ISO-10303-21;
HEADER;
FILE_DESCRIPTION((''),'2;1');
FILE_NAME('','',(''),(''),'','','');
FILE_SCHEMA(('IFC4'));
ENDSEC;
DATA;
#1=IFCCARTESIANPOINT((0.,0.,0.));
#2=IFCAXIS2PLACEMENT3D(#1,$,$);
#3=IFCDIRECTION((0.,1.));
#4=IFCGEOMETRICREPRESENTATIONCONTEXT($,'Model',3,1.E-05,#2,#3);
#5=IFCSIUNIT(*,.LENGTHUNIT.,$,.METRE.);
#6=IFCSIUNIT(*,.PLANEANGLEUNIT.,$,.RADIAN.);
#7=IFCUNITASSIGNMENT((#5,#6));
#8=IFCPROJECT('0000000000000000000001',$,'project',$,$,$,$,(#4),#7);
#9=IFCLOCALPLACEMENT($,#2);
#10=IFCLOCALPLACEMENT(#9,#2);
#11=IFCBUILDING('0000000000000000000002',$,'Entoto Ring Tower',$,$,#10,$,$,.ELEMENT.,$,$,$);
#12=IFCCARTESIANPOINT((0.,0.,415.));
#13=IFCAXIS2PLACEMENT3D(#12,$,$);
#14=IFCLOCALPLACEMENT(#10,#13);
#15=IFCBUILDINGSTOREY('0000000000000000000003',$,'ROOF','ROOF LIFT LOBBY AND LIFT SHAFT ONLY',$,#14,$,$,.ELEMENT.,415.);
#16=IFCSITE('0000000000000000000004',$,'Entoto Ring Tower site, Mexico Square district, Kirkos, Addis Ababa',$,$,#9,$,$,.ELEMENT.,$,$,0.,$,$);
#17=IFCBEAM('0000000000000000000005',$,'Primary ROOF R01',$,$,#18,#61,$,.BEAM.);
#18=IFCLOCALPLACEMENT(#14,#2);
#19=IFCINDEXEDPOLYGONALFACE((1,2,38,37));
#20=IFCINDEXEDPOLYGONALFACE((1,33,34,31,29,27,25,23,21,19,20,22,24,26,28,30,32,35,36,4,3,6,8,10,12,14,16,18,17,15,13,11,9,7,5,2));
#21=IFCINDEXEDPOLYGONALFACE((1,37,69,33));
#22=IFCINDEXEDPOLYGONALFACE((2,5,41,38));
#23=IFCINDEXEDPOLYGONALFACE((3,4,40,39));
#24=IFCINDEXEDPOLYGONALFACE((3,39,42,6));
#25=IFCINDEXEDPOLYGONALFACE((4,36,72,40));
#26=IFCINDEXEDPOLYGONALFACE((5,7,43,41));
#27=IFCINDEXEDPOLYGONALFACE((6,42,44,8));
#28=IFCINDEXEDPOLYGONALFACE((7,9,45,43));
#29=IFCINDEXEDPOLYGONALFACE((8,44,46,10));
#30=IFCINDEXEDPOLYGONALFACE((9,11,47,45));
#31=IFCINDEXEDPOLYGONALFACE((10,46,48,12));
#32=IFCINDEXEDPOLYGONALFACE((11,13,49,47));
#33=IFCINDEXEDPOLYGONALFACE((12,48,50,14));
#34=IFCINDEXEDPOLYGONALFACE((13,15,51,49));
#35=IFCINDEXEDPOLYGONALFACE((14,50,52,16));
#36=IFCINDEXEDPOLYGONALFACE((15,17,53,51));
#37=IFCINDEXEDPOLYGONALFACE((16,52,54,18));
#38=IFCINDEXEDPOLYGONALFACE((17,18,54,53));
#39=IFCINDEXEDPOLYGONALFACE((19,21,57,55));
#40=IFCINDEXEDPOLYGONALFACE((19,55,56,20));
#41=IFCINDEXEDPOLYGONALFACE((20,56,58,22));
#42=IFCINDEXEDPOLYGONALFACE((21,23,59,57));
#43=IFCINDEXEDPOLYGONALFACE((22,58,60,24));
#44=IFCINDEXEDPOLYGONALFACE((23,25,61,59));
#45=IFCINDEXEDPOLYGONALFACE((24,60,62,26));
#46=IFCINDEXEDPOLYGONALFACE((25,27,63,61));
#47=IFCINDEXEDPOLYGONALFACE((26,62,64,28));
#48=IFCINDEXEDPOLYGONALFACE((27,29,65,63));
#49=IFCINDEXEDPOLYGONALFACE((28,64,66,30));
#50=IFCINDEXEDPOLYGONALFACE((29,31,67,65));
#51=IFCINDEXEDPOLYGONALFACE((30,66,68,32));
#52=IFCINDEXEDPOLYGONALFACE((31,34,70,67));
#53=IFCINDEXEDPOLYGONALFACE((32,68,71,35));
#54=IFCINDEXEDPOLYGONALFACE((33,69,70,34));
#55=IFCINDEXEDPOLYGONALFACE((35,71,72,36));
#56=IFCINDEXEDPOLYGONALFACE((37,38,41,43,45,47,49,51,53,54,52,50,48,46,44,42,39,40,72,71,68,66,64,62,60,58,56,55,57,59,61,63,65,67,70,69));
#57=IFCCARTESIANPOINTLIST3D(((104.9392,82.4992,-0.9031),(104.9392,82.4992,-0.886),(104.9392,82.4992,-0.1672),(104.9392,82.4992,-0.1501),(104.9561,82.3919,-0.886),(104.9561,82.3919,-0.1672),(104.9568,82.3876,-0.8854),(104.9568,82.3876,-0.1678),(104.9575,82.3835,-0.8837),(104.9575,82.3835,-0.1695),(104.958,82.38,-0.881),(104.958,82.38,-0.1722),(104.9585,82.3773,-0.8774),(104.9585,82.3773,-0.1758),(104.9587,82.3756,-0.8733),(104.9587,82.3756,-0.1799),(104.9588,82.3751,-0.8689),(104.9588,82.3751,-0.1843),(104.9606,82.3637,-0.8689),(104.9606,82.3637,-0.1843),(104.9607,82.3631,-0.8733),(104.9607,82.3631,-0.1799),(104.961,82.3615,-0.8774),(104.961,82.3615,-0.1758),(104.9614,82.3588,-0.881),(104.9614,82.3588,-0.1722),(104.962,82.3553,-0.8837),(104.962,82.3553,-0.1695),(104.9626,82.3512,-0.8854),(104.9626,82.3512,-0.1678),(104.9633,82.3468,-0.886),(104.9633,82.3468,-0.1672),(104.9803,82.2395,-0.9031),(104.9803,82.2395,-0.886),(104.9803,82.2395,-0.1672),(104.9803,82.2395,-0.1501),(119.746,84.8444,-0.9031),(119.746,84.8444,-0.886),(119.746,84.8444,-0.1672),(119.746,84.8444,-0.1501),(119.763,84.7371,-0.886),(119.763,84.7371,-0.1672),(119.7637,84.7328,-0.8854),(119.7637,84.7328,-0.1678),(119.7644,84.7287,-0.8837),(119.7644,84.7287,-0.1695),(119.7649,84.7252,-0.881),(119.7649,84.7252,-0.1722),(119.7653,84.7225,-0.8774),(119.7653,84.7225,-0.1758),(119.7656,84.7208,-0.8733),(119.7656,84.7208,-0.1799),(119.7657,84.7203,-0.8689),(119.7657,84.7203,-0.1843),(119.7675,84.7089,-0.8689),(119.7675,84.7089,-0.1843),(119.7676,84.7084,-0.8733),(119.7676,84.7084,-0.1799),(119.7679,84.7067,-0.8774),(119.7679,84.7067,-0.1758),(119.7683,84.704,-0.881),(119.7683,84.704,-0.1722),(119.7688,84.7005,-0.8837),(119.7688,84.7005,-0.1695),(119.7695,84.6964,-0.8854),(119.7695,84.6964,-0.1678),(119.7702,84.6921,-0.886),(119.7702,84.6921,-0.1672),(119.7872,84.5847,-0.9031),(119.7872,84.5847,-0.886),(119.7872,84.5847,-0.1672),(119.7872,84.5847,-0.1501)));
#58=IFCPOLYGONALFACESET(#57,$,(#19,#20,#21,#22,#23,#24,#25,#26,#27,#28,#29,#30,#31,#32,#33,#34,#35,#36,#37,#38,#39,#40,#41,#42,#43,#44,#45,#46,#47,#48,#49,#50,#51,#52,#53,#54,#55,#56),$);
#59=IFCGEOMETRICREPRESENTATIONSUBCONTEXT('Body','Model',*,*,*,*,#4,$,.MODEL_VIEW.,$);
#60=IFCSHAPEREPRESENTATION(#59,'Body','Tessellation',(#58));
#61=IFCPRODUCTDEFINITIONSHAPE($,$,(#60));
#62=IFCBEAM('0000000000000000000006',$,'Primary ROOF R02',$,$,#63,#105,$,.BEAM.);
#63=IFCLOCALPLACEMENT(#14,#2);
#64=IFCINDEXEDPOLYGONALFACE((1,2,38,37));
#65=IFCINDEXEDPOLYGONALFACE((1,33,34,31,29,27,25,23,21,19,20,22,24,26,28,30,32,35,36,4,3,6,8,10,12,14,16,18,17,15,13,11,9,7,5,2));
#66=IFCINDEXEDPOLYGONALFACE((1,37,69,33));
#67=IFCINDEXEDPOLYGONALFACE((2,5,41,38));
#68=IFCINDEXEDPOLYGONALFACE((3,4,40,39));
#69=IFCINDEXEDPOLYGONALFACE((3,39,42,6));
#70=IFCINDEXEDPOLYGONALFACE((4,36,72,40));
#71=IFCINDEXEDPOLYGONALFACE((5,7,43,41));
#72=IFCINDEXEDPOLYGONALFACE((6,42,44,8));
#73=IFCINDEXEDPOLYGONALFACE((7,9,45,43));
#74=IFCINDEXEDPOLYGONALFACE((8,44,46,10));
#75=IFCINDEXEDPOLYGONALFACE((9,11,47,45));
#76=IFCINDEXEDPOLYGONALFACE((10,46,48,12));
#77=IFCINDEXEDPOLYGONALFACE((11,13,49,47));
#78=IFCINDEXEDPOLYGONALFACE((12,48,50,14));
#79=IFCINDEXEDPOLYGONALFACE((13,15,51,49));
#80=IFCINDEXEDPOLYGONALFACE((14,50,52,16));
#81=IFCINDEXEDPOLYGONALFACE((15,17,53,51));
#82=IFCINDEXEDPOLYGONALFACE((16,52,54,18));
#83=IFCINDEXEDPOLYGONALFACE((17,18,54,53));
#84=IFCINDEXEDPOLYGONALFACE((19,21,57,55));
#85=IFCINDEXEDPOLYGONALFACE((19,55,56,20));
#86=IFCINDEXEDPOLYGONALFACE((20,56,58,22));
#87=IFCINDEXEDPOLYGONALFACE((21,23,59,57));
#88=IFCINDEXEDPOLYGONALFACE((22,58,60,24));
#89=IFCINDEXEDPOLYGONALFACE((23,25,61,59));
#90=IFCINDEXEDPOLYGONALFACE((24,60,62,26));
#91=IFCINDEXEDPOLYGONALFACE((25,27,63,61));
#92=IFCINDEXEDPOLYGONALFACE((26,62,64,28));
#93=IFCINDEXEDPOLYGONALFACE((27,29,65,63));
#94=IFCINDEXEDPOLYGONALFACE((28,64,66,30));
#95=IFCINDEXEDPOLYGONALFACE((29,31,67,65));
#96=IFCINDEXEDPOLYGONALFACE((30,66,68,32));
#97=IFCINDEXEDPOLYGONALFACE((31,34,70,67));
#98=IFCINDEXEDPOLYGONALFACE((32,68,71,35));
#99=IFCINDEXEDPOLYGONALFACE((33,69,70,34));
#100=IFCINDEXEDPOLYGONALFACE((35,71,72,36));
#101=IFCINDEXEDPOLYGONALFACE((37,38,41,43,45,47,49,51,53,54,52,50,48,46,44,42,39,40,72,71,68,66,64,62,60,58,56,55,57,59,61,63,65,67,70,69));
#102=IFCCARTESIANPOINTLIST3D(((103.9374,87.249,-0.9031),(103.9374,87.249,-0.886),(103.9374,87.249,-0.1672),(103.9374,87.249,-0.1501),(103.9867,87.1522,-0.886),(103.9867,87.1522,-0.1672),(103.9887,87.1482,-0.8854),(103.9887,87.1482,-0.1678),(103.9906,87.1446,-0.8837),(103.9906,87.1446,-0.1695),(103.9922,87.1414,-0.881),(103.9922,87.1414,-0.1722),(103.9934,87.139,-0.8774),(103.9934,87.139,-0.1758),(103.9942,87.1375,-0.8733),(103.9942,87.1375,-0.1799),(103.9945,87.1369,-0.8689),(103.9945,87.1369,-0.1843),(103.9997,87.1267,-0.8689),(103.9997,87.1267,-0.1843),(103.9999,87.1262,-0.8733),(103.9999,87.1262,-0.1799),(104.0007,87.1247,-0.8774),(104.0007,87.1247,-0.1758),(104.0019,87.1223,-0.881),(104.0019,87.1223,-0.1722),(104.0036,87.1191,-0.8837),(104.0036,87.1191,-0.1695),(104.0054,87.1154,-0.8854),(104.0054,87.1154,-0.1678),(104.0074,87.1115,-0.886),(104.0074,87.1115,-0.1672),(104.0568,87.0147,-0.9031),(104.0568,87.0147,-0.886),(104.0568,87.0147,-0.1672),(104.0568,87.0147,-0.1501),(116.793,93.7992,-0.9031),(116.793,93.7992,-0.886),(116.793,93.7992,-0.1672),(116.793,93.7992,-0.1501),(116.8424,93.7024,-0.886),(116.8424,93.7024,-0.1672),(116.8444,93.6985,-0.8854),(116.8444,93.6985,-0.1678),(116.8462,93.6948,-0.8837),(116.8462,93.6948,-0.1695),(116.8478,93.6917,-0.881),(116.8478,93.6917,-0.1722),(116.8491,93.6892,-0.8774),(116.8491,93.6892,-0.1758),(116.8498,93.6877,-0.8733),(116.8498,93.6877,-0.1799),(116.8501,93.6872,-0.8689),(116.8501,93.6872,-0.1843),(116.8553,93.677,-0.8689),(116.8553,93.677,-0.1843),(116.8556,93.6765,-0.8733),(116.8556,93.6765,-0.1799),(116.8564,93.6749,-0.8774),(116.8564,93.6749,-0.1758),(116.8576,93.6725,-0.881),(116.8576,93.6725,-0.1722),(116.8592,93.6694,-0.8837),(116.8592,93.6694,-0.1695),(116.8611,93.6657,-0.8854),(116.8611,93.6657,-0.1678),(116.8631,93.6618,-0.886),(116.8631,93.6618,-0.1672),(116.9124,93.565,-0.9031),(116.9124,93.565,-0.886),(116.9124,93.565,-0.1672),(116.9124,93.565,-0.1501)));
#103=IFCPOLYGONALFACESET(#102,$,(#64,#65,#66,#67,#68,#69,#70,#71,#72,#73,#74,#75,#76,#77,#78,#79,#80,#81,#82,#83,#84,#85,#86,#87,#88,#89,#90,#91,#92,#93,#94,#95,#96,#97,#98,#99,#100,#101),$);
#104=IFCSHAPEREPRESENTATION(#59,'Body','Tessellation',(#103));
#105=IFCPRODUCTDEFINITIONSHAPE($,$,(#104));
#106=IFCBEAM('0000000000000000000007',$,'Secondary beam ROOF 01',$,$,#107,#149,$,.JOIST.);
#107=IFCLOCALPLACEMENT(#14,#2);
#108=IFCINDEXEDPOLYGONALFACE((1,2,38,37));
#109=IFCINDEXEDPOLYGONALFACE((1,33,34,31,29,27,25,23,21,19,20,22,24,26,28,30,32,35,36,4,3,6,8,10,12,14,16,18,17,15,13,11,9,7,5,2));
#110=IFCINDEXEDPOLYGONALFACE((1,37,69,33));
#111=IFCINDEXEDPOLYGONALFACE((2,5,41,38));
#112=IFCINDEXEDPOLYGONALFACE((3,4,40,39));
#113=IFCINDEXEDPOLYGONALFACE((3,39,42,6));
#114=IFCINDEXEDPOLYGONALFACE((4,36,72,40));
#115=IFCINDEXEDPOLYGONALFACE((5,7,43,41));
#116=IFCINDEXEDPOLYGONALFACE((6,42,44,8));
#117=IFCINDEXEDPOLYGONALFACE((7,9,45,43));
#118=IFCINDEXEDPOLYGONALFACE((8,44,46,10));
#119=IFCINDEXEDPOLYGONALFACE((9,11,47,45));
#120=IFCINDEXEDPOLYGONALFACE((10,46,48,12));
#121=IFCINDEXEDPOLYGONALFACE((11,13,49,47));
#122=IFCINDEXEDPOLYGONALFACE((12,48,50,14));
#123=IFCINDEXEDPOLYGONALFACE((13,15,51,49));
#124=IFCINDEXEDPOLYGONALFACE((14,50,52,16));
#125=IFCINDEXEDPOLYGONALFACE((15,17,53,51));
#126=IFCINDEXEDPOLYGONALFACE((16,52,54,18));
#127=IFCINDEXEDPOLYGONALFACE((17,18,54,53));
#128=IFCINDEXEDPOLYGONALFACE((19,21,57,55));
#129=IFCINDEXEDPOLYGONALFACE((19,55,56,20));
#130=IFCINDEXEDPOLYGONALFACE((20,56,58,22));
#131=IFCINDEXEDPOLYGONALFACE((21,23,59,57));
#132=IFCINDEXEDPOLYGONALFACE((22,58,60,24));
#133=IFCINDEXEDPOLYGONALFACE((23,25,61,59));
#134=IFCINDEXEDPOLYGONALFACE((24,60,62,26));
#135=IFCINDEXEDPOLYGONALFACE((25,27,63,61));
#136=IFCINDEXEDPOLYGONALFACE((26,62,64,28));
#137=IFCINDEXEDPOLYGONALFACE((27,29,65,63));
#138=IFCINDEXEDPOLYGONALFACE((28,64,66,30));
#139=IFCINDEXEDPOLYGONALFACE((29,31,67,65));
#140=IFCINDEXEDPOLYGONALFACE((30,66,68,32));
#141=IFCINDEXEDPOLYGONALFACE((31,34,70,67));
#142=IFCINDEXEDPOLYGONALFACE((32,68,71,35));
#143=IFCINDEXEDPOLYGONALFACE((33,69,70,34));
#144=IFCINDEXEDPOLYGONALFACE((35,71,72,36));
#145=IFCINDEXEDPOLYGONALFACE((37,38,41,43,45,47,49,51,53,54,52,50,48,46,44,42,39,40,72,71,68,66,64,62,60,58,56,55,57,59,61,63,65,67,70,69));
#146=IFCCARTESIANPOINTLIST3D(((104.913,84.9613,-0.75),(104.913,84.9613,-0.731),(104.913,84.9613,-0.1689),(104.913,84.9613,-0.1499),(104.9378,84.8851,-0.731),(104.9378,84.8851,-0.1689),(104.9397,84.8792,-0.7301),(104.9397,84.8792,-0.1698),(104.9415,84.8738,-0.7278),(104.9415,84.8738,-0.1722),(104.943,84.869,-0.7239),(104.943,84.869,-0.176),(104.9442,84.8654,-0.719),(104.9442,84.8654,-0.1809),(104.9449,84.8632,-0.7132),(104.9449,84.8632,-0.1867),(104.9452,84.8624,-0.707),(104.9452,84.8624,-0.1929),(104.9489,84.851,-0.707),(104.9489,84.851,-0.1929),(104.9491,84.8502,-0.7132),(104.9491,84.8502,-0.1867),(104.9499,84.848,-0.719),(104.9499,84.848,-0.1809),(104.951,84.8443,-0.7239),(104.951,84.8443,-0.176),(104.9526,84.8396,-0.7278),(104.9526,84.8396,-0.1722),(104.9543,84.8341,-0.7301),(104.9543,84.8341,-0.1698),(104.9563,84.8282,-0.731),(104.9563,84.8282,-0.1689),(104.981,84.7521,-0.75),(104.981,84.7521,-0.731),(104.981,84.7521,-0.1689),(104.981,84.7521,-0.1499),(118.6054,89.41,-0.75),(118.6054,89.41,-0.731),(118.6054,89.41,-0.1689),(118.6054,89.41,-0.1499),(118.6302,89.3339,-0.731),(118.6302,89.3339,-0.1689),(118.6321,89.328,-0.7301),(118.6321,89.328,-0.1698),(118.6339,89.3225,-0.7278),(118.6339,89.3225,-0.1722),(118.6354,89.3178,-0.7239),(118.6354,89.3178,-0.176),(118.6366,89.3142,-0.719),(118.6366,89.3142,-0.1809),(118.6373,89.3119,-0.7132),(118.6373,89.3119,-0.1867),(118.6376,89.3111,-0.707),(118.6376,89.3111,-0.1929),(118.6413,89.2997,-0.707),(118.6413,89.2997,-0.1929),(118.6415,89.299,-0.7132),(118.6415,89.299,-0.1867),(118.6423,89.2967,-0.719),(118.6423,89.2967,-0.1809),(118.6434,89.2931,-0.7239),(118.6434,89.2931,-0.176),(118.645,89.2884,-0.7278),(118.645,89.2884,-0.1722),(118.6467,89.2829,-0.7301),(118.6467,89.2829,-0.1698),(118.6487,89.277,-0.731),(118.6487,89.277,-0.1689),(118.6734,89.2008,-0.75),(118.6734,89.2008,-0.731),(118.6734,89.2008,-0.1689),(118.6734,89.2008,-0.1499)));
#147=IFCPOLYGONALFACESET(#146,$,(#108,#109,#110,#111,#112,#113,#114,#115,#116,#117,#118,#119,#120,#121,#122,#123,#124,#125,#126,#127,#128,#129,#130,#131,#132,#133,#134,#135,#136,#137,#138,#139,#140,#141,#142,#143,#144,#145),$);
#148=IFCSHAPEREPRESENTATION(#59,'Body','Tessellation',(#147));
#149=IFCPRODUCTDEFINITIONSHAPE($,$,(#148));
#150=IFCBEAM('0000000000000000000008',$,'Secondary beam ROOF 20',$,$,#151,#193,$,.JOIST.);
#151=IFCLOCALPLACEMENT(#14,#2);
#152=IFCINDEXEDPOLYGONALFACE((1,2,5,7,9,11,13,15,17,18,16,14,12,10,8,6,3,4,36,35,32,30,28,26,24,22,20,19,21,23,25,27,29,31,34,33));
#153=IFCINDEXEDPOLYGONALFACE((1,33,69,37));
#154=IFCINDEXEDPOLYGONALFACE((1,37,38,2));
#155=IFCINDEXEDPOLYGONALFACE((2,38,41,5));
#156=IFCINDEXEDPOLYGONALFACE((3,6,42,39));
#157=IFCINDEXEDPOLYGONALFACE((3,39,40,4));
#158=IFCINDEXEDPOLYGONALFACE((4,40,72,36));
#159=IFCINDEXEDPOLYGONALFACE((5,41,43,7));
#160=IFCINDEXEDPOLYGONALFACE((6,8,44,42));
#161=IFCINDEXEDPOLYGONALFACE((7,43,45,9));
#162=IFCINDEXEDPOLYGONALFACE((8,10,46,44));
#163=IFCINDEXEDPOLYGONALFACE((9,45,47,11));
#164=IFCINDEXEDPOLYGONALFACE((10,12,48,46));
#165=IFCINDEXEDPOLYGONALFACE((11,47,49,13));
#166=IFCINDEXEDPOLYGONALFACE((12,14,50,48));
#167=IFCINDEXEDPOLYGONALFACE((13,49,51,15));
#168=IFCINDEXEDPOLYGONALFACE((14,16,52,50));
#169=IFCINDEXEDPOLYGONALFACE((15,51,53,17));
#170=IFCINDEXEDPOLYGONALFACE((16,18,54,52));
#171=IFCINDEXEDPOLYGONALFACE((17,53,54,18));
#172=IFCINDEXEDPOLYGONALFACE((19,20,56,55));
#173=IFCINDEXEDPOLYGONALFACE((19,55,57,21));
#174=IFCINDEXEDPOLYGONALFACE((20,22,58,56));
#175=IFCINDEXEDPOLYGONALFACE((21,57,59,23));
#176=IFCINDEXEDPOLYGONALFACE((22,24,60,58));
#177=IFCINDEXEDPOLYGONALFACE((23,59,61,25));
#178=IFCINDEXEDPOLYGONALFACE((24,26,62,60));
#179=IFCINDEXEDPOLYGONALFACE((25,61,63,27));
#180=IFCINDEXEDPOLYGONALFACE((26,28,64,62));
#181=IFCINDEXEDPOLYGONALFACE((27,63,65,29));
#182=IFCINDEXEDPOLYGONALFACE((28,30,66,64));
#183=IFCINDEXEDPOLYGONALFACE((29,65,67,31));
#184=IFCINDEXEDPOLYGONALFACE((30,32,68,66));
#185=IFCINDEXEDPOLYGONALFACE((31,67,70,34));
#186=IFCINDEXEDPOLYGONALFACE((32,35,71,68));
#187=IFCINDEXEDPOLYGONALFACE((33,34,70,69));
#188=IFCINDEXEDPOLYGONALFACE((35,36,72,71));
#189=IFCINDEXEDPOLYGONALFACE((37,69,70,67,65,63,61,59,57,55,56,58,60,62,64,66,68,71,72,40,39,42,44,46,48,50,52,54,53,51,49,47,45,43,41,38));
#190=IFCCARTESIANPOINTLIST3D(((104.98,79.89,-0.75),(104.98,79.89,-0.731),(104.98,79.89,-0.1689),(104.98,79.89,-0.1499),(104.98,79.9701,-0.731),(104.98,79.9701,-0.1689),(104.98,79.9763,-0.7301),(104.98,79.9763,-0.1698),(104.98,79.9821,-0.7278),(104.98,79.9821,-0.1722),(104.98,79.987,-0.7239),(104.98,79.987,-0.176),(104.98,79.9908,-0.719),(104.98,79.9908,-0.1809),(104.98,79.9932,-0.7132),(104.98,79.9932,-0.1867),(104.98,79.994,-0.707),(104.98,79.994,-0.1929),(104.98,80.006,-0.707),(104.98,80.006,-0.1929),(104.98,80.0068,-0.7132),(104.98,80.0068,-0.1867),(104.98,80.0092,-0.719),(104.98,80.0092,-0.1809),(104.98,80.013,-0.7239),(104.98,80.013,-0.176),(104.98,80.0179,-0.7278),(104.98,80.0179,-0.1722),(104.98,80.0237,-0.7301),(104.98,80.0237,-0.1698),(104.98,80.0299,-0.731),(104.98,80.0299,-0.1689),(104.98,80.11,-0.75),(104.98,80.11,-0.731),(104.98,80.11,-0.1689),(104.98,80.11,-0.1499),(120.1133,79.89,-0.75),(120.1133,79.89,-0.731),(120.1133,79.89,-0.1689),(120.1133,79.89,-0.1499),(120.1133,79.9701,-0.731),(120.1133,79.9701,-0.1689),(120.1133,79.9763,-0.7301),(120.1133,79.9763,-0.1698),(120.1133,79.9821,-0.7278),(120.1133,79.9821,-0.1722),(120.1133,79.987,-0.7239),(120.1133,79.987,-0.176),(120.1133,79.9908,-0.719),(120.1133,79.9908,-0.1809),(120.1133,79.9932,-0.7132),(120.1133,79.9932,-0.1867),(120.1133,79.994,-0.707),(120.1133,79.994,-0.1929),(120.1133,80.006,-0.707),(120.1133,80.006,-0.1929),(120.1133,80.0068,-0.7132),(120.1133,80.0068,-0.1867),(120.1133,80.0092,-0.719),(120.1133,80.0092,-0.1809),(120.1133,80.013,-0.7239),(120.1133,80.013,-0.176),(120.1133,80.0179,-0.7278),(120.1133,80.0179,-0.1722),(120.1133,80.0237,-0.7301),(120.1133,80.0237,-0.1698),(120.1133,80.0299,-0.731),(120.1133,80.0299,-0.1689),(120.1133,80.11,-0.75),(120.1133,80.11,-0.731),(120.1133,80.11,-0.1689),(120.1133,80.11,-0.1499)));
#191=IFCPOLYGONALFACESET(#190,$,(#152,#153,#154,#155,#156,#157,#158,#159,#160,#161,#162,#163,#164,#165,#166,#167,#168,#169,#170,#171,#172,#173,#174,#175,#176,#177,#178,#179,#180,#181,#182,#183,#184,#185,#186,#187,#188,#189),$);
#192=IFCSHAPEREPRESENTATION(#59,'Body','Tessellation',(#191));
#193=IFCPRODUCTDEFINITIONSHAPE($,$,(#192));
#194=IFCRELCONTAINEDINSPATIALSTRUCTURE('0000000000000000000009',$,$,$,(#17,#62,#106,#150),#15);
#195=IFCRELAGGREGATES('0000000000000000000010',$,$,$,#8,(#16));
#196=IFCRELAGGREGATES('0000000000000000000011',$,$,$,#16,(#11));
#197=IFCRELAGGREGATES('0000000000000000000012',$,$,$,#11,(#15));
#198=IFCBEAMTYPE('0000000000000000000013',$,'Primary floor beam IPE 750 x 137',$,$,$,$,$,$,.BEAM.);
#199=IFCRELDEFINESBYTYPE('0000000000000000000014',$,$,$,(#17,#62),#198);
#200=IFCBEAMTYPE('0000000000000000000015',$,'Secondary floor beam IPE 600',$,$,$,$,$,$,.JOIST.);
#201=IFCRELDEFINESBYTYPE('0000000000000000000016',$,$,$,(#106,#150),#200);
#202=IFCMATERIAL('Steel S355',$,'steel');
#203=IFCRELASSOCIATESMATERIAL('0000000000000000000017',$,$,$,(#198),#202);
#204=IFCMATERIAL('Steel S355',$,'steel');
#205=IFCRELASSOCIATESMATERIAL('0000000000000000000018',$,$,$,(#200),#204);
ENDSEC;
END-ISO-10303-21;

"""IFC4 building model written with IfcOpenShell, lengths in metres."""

from ifc_helpers import new_model, si_unit, direction, frame, origin, origin_2d, place, context, subcontext, project, spatial, i_section, extrude, material, material_profile, profile_set, type_object, element, save


model = new_model("IFC4")

# Units and contexts
model_context = context("Model", 3, precision=1e-05, world=origin(), true_north=direction((0.0, 1.0)))
body_context = subcontext(model_context, "Body", "Model", "MODEL_VIEW")
ifc_project = project(units=[si_unit("LENGTHUNIT", "METRE"), si_unit("PLANEANGLEUNIT", "RADIAN")], contexts=[model_context])

# Site, building, storey
site_placement = place(None, origin())
site = spatial("IfcSite", under=ifc_project, at=site_placement, Name="Entoto Ring Tower site, Mexico Square district, Kirkos, Addis Ababa", CompositionType="ELEMENT", RefElevation=0.0)
building_placement = place(site_placement, origin())
building = spatial("IfcBuilding", under=site, at=building_placement, Name="Entoto Ring Tower", CompositionType="ELEMENT")
storey_placement = place(building_placement, frame((0.0, 0.0, 415.0)))
storey = spatial("IfcBuildingStorey", under=building, at=storey_placement, Name="ROOF", Description="ROOF LIFT LOBBY AND LIFT SHAFT ONLY", CompositionType="ELEMENT", Elevation=415.0)

# Beams
ifc_material_1 = material(Name="Steel S355", Category="steel")
ifc_material_profile_1 = material_profile(ifc_material_1, i_section(OverallWidth=0.2629, OverallDepth=0.7529, WebThickness=0.0115, FlangeThickness=0.0171, FilletRadius=0.0171, at=origin_2d()), Name="IPE 750 x 137")
ifc_profile_set_1 = profile_set([ifc_material_profile_1], Name="Steel S355")
beam_type_1 = type_object("IfcBeamType", Name="Primary floor beam IPE 750 x 137", PredefinedType="BEAM", material=ifc_profile_set_1)
beam_1_placement = place(storey_placement, frame((104.9597, 82.3694, -0.5266), z_axis=(0.987688, 0.156437, 0.0), x_axis=(-0.156437, 0.987688, 0.0)))
element("IfcBeam", 1, at=beam_1_placement, inside=storey, type_object=beam_type_1, Name="Primary ROOF R01", PredefinedType="BEAM", context=body_context, shape_type="SweptSolid", body=[
    extrude(i_section(OverallWidth=0.2629, OverallDepth=0.7529, WebThickness=0.0115, FlangeThickness=0.0171, FilletRadius=0.0171, at=origin_2d()), origin(), (0.0, 0.0, 1.0), 14.9915),
])
beam_2_placement = place(storey_placement, frame((103.9971, 87.1318, -0.5266), z_axis=(0.891007, 0.453989, 0.0), x_axis=(-0.453989, 0.891007, 0.0)))
element("IfcBeam", 2, at=beam_2_placement, inside=storey, type_object=beam_type_1, Name="Primary ROOF R02", PredefinedType="BEAM", context=body_context, shape_type="SweptSolid", body=[
    extrude(i_section(OverallWidth=0.2629, OverallDepth=0.7529, WebThickness=0.0115, FlangeThickness=0.0171, FilletRadius=0.0171, at=origin_2d()), origin(), (0.0, 0.0, 1.0), 14.4282),
])
ifc_material_2 = material(Name="Steel S355", Category="steel")
ifc_material_profile_2 = material_profile(ifc_material_2, i_section(OverallWidth=0.22, OverallDepth=0.6001, WebThickness=0.012, FlangeThickness=0.019, FilletRadius=0.0239, at=origin_2d()), Name="IPE 600")
ifc_profile_set_2 = profile_set([ifc_material_profile_2], Name="Steel S355")
beam_type_2 = type_object("IfcBeamType", Name="Secondary floor beam IPE 600", PredefinedType="JOIST", material=ifc_profile_set_2)
beam_3_placement = place(storey_placement, frame((104.947, 84.8567, -0.45), z_axis=(0.95106, 0.309005, 0.0), x_axis=(-0.309005, 0.95106, 0.0)))
element("IfcBeam", 3, at=beam_3_placement, inside=storey, type_object=beam_type_2, Name="Secondary beam ROOF 01", PredefinedType="JOIST", context=body_context, shape_type="SweptSolid", body=[
    extrude(i_section(OverallWidth=0.22, OverallDepth=0.6001, WebThickness=0.012, FlangeThickness=0.019, FilletRadius=0.0239, at=origin_2d()), origin(), (0.0, 0.0, 1.0), 14.397),
])
beam_4_placement = place(storey_placement, frame((104.98, 80.0, -0.45), z_axis=(1.0, 0.0, 0.0), x_axis=(0.0, 1.0, 0.0)))
element("IfcBeam", 4, at=beam_4_placement, inside=storey, type_object=beam_type_2, Name="Secondary beam ROOF 20", PredefinedType="JOIST", context=body_context, shape_type="SweptSolid", body=[
    extrude(i_section(OverallWidth=0.22, OverallDepth=0.6001, WebThickness=0.012, FlangeThickness=0.019, FilletRadius=0.0239, at=origin_2d()), origin(), (0.0, 0.0, 1.0), 15.1333),
])

save(model, "model.ifc")
